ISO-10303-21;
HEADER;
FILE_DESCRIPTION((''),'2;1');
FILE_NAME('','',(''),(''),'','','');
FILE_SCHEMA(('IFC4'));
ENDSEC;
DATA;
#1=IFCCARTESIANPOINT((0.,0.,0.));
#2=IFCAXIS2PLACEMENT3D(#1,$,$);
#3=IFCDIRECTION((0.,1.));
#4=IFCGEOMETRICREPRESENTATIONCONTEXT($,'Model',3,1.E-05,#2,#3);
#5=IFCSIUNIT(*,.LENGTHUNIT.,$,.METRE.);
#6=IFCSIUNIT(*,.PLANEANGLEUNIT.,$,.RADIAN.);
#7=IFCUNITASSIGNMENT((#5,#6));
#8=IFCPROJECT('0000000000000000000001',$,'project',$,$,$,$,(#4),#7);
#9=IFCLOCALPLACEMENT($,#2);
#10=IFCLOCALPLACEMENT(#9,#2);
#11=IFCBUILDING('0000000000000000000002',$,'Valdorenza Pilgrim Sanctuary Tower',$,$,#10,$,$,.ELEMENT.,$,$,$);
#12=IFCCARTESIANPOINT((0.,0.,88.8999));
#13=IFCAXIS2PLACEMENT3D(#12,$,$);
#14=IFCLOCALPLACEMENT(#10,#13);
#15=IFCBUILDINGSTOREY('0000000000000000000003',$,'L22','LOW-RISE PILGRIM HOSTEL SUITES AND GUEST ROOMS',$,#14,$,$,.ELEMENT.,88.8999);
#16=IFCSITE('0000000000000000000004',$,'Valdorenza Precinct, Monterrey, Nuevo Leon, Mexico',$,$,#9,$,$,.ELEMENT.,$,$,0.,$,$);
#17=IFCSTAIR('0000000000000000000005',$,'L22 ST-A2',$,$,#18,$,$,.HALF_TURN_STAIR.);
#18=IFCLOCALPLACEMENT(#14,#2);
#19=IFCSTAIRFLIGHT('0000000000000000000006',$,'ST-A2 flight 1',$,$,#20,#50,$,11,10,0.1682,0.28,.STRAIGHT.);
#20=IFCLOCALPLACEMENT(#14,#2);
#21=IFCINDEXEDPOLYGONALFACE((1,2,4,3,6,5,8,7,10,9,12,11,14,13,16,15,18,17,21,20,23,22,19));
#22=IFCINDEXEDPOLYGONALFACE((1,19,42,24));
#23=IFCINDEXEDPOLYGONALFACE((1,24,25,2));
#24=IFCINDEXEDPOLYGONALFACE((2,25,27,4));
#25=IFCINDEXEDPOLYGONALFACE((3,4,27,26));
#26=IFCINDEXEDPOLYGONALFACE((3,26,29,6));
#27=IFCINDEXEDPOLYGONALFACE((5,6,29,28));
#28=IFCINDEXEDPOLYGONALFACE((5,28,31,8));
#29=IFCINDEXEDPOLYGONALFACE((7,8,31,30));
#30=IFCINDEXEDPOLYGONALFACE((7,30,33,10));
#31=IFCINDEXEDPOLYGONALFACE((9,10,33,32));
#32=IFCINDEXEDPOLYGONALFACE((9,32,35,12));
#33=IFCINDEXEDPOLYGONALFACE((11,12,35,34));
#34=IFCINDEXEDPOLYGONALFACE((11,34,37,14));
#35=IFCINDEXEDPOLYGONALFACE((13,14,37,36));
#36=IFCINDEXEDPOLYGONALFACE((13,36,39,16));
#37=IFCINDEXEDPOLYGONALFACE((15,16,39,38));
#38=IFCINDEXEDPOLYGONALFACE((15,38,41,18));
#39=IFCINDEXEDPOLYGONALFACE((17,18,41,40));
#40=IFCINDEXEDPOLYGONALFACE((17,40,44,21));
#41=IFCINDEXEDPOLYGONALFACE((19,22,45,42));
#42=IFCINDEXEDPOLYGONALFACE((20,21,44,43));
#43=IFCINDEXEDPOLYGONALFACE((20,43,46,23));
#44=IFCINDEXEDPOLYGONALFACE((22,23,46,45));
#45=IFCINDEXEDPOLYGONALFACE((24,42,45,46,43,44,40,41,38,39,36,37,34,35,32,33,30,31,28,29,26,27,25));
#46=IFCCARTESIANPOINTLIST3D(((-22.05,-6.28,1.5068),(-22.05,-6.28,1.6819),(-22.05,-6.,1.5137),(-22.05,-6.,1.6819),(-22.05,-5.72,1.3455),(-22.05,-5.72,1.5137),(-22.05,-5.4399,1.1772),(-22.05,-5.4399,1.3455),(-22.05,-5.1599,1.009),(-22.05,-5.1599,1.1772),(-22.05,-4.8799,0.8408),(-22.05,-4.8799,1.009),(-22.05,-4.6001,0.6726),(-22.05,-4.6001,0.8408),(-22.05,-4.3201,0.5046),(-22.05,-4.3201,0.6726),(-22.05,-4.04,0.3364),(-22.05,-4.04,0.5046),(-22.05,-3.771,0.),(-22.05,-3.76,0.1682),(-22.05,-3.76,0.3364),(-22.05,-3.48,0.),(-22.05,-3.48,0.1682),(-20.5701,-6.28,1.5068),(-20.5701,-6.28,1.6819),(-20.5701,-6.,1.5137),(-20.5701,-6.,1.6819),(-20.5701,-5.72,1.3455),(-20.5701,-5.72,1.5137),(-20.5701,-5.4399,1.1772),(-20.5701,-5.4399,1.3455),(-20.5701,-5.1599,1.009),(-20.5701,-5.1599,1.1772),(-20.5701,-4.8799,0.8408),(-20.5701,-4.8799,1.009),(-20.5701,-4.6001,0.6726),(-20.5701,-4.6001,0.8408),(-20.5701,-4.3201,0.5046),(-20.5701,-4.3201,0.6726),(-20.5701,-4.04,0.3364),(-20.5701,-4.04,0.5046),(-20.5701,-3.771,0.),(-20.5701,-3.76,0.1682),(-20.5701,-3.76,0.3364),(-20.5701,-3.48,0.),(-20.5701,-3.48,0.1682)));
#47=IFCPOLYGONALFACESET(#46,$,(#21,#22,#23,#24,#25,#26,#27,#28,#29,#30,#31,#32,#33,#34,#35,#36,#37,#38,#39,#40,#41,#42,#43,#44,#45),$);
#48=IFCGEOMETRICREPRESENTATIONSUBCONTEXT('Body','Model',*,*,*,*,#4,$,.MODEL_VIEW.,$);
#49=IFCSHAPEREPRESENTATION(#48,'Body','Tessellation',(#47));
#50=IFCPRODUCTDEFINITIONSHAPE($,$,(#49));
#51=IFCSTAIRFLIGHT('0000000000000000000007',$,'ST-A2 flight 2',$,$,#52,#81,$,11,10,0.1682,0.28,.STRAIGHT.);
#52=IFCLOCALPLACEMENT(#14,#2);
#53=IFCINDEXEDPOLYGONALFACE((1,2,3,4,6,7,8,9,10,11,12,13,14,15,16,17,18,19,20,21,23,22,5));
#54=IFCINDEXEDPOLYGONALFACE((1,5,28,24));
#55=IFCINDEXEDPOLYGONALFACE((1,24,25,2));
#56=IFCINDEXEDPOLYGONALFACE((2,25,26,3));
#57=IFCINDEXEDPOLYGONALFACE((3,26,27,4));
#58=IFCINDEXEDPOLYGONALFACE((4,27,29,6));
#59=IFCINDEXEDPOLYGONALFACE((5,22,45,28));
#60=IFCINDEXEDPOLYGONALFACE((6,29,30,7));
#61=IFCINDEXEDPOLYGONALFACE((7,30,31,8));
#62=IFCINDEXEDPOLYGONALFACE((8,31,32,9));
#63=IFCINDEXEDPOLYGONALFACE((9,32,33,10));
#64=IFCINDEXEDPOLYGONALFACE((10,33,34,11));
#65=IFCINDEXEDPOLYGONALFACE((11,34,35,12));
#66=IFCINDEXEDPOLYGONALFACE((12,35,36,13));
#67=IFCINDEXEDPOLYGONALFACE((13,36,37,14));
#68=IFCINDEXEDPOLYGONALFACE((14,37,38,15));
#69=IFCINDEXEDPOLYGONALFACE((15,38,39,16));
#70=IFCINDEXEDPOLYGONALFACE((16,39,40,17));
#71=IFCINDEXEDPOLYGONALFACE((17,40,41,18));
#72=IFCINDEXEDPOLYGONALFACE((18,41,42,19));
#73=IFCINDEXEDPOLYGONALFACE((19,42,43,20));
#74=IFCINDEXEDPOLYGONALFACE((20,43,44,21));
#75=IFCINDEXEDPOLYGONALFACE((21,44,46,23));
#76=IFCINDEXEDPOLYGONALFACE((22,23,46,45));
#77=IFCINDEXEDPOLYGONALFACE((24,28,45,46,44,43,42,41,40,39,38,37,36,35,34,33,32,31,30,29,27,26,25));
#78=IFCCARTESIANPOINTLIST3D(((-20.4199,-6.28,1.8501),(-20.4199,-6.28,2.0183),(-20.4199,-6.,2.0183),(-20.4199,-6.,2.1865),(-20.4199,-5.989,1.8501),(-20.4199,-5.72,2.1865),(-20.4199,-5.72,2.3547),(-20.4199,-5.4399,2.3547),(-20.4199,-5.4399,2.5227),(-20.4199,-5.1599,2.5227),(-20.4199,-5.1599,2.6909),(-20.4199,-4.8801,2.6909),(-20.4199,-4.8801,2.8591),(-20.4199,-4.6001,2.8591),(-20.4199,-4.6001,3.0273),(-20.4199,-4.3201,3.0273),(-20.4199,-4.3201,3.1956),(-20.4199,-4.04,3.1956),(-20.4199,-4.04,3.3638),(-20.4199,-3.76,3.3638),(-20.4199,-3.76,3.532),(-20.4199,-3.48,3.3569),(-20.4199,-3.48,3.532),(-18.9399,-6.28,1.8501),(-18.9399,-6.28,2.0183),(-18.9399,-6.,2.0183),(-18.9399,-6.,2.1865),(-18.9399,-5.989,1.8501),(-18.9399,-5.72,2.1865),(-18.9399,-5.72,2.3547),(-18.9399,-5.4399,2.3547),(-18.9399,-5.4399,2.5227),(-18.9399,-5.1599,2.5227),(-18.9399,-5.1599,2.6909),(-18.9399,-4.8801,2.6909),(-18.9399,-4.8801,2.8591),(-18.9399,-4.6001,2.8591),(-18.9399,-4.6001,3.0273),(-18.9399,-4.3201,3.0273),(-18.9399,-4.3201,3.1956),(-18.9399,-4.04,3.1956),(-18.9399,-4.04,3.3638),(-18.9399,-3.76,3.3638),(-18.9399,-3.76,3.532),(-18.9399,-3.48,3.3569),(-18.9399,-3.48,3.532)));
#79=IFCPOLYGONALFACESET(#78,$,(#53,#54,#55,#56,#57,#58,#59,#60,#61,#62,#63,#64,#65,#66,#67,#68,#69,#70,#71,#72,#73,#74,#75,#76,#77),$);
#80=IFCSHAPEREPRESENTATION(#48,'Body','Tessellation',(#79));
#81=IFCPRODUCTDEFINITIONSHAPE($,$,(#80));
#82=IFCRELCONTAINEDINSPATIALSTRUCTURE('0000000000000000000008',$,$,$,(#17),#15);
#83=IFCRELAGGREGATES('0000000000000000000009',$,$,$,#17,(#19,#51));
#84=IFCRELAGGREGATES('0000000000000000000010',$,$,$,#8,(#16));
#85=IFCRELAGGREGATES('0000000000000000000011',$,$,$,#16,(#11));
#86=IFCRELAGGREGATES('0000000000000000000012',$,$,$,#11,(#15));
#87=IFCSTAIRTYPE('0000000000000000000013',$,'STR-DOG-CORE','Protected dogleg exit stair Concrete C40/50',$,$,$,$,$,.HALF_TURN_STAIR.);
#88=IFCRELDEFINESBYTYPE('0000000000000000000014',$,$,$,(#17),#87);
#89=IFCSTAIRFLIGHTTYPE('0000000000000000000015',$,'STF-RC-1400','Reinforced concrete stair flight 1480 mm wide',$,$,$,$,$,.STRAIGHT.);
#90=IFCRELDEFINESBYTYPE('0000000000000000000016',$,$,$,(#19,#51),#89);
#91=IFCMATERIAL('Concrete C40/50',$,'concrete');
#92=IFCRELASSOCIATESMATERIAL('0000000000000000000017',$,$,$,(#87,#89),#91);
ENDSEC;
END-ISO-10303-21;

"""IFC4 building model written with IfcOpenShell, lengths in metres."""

from ifc_helpers import new_model, si_unit, direction, frame, origin, place, context, subcontext, project, spatial, polyline, outline, extrude, material, type_object, element, aggregate, save


model = new_model("IFC4")

# Units and contexts
model_context = context("Model", 3, precision=1e-05, world=origin(), true_north=direction((0.0, 1.0)))
body_context = subcontext(model_context, "Body", "Model", "MODEL_VIEW")
ifc_project = project(units=[si_unit("LENGTHUNIT", "METRE"), si_unit("PLANEANGLEUNIT", "RADIAN")], contexts=[model_context])

# Site, building, storey
site_placement = place(None, origin())
site = spatial("IfcSite", under=ifc_project, at=site_placement, Name="Valdorenza Precinct, Monterrey, Nuevo Leon, Mexico", CompositionType="ELEMENT", RefElevation=0.0)
building_placement = place(site_placement, origin())
building = spatial("IfcBuilding", under=site, at=building_placement, Name="Valdorenza Pilgrim Sanctuary Tower", CompositionType="ELEMENT")
storey_placement = place(building_placement, frame((0.0, 0.0, 88.8999)))
storey = spatial("IfcBuildingStorey", under=building, at=storey_placement, Name="L22", Description="LOW-RISE PILGRIM HOSTEL SUITES AND GUEST ROOMS", CompositionType="ELEMENT", Elevation=88.8999)

# Shared definitions
ifc_material_1 = material(Name="Concrete C40/50", Category="concrete")

# Stair, stair flights
stair_type = type_object("IfcStairType", Name="STR-DOG-CORE", Description="Protected dogleg exit stair Concrete C40/50", PredefinedType="HALF_TURN_STAIR", material=ifc_material_1)
stair_placement = place(storey_placement, origin())
stair = element("IfcStair", 1, at=stair_placement, inside=storey, type_object=stair_type, Name="L22 ST-A2", PredefinedType="HALF_TURN_STAIR")
stair_flight_type = type_object("IfcStairFlightType", Name="STF-RC-1400", Description="Reinforced concrete stair flight 1480 mm wide", PredefinedType="STRAIGHT", material=ifc_material_1)
stair_flight_1_placement = place(storey_placement, frame((-21.3101, -3.48, 0.0), z_axis=(0.0, 0.0, 1.0), x_axis=(0.0, -1.0, 0.0)))
stair_flight_1 = element("IfcStairFlight", 2, at=stair_flight_1_placement, type_object=stair_flight_type, Name="ST-A2 flight 1", NumberOfRisers=11, NumberOfTreads=10, PredefinedType="STRAIGHT", RiserHeight=0.1682, TreadLength=0.28, context=body_context, shape_type="SweptSolid", body=[
    extrude(outline(polyline([(0.0, 0.0), (0.0, 0.1682), (0.28, 0.1682), (0.28, 0.3364), (0.5601, 0.3364), (0.5601, 0.5046), (0.8401, 0.5046), (0.8401, 0.6726), (1.1201, 0.6726), (1.1201, 0.8408), (1.3999, 0.8408), (1.3999, 1.009), (1.6799, 1.009), (1.6799, 1.1772), (1.96, 1.1772), (1.96, 1.3455), (2.24, 1.3455), (2.24, 1.5137), (2.52, 1.5137), (2.52, 1.6819), (2.8, 1.6819), (2.8, 1.8501), (2.8, 1.5068), (0.291, 0.0), (0.0, 0.0)])), frame((0.0, 0.74, 0.0), z_axis=(0.0, -1.0, 0.0), x_axis=(1.0, 0.0, 0.0)), (0.0, 0.0, 1.0), 1.48),
])
stair_flight_2_placement = place(storey_placement, frame((-19.6799, -6.28, 1.8501), z_axis=(0.0, 0.0, 1.0), x_axis=(0.0, 1.0, 0.0)))
stair_flight_2 = element("IfcStairFlight", 3, at=stair_flight_2_placement, type_object=stair_flight_type, Name="ST-A2 flight 2", NumberOfRisers=11, NumberOfTreads=10, PredefinedType="STRAIGHT", RiserHeight=0.1682, TreadLength=0.28, context=body_context, shape_type="SweptSolid", body=[
    extrude(outline(polyline([(0.0, 0.0), (0.0, 0.1682), (0.28, 0.1682), (0.28, 0.3364), (0.5601, 0.3364), (0.5601, 0.5046), (0.8401, 0.5046), (0.8401, 0.6726), (1.1201, 0.6726), (1.1201, 0.8408), (1.3999, 0.8408), (1.3999, 1.009), (1.6799, 1.009), (1.6799, 1.1772), (1.96, 1.1772), (1.96, 1.3455), (2.24, 1.3455), (2.24, 1.5137), (2.52, 1.5137), (2.52, 1.6819), (2.8, 1.6819), (2.8, 1.8501), (2.8, 1.5068), (0.291, 0.0), (0.0, 0.0)])), frame((0.0, 0.74, 0.0), z_axis=(0.0, -1.0, 0.0), x_axis=(1.0, 0.0, 0.0)), (0.0, 0.0, 1.0), 1.48),
])
aggregate(stair, [stair_flight_1, stair_flight_2])

save(model, "model.ifc")
